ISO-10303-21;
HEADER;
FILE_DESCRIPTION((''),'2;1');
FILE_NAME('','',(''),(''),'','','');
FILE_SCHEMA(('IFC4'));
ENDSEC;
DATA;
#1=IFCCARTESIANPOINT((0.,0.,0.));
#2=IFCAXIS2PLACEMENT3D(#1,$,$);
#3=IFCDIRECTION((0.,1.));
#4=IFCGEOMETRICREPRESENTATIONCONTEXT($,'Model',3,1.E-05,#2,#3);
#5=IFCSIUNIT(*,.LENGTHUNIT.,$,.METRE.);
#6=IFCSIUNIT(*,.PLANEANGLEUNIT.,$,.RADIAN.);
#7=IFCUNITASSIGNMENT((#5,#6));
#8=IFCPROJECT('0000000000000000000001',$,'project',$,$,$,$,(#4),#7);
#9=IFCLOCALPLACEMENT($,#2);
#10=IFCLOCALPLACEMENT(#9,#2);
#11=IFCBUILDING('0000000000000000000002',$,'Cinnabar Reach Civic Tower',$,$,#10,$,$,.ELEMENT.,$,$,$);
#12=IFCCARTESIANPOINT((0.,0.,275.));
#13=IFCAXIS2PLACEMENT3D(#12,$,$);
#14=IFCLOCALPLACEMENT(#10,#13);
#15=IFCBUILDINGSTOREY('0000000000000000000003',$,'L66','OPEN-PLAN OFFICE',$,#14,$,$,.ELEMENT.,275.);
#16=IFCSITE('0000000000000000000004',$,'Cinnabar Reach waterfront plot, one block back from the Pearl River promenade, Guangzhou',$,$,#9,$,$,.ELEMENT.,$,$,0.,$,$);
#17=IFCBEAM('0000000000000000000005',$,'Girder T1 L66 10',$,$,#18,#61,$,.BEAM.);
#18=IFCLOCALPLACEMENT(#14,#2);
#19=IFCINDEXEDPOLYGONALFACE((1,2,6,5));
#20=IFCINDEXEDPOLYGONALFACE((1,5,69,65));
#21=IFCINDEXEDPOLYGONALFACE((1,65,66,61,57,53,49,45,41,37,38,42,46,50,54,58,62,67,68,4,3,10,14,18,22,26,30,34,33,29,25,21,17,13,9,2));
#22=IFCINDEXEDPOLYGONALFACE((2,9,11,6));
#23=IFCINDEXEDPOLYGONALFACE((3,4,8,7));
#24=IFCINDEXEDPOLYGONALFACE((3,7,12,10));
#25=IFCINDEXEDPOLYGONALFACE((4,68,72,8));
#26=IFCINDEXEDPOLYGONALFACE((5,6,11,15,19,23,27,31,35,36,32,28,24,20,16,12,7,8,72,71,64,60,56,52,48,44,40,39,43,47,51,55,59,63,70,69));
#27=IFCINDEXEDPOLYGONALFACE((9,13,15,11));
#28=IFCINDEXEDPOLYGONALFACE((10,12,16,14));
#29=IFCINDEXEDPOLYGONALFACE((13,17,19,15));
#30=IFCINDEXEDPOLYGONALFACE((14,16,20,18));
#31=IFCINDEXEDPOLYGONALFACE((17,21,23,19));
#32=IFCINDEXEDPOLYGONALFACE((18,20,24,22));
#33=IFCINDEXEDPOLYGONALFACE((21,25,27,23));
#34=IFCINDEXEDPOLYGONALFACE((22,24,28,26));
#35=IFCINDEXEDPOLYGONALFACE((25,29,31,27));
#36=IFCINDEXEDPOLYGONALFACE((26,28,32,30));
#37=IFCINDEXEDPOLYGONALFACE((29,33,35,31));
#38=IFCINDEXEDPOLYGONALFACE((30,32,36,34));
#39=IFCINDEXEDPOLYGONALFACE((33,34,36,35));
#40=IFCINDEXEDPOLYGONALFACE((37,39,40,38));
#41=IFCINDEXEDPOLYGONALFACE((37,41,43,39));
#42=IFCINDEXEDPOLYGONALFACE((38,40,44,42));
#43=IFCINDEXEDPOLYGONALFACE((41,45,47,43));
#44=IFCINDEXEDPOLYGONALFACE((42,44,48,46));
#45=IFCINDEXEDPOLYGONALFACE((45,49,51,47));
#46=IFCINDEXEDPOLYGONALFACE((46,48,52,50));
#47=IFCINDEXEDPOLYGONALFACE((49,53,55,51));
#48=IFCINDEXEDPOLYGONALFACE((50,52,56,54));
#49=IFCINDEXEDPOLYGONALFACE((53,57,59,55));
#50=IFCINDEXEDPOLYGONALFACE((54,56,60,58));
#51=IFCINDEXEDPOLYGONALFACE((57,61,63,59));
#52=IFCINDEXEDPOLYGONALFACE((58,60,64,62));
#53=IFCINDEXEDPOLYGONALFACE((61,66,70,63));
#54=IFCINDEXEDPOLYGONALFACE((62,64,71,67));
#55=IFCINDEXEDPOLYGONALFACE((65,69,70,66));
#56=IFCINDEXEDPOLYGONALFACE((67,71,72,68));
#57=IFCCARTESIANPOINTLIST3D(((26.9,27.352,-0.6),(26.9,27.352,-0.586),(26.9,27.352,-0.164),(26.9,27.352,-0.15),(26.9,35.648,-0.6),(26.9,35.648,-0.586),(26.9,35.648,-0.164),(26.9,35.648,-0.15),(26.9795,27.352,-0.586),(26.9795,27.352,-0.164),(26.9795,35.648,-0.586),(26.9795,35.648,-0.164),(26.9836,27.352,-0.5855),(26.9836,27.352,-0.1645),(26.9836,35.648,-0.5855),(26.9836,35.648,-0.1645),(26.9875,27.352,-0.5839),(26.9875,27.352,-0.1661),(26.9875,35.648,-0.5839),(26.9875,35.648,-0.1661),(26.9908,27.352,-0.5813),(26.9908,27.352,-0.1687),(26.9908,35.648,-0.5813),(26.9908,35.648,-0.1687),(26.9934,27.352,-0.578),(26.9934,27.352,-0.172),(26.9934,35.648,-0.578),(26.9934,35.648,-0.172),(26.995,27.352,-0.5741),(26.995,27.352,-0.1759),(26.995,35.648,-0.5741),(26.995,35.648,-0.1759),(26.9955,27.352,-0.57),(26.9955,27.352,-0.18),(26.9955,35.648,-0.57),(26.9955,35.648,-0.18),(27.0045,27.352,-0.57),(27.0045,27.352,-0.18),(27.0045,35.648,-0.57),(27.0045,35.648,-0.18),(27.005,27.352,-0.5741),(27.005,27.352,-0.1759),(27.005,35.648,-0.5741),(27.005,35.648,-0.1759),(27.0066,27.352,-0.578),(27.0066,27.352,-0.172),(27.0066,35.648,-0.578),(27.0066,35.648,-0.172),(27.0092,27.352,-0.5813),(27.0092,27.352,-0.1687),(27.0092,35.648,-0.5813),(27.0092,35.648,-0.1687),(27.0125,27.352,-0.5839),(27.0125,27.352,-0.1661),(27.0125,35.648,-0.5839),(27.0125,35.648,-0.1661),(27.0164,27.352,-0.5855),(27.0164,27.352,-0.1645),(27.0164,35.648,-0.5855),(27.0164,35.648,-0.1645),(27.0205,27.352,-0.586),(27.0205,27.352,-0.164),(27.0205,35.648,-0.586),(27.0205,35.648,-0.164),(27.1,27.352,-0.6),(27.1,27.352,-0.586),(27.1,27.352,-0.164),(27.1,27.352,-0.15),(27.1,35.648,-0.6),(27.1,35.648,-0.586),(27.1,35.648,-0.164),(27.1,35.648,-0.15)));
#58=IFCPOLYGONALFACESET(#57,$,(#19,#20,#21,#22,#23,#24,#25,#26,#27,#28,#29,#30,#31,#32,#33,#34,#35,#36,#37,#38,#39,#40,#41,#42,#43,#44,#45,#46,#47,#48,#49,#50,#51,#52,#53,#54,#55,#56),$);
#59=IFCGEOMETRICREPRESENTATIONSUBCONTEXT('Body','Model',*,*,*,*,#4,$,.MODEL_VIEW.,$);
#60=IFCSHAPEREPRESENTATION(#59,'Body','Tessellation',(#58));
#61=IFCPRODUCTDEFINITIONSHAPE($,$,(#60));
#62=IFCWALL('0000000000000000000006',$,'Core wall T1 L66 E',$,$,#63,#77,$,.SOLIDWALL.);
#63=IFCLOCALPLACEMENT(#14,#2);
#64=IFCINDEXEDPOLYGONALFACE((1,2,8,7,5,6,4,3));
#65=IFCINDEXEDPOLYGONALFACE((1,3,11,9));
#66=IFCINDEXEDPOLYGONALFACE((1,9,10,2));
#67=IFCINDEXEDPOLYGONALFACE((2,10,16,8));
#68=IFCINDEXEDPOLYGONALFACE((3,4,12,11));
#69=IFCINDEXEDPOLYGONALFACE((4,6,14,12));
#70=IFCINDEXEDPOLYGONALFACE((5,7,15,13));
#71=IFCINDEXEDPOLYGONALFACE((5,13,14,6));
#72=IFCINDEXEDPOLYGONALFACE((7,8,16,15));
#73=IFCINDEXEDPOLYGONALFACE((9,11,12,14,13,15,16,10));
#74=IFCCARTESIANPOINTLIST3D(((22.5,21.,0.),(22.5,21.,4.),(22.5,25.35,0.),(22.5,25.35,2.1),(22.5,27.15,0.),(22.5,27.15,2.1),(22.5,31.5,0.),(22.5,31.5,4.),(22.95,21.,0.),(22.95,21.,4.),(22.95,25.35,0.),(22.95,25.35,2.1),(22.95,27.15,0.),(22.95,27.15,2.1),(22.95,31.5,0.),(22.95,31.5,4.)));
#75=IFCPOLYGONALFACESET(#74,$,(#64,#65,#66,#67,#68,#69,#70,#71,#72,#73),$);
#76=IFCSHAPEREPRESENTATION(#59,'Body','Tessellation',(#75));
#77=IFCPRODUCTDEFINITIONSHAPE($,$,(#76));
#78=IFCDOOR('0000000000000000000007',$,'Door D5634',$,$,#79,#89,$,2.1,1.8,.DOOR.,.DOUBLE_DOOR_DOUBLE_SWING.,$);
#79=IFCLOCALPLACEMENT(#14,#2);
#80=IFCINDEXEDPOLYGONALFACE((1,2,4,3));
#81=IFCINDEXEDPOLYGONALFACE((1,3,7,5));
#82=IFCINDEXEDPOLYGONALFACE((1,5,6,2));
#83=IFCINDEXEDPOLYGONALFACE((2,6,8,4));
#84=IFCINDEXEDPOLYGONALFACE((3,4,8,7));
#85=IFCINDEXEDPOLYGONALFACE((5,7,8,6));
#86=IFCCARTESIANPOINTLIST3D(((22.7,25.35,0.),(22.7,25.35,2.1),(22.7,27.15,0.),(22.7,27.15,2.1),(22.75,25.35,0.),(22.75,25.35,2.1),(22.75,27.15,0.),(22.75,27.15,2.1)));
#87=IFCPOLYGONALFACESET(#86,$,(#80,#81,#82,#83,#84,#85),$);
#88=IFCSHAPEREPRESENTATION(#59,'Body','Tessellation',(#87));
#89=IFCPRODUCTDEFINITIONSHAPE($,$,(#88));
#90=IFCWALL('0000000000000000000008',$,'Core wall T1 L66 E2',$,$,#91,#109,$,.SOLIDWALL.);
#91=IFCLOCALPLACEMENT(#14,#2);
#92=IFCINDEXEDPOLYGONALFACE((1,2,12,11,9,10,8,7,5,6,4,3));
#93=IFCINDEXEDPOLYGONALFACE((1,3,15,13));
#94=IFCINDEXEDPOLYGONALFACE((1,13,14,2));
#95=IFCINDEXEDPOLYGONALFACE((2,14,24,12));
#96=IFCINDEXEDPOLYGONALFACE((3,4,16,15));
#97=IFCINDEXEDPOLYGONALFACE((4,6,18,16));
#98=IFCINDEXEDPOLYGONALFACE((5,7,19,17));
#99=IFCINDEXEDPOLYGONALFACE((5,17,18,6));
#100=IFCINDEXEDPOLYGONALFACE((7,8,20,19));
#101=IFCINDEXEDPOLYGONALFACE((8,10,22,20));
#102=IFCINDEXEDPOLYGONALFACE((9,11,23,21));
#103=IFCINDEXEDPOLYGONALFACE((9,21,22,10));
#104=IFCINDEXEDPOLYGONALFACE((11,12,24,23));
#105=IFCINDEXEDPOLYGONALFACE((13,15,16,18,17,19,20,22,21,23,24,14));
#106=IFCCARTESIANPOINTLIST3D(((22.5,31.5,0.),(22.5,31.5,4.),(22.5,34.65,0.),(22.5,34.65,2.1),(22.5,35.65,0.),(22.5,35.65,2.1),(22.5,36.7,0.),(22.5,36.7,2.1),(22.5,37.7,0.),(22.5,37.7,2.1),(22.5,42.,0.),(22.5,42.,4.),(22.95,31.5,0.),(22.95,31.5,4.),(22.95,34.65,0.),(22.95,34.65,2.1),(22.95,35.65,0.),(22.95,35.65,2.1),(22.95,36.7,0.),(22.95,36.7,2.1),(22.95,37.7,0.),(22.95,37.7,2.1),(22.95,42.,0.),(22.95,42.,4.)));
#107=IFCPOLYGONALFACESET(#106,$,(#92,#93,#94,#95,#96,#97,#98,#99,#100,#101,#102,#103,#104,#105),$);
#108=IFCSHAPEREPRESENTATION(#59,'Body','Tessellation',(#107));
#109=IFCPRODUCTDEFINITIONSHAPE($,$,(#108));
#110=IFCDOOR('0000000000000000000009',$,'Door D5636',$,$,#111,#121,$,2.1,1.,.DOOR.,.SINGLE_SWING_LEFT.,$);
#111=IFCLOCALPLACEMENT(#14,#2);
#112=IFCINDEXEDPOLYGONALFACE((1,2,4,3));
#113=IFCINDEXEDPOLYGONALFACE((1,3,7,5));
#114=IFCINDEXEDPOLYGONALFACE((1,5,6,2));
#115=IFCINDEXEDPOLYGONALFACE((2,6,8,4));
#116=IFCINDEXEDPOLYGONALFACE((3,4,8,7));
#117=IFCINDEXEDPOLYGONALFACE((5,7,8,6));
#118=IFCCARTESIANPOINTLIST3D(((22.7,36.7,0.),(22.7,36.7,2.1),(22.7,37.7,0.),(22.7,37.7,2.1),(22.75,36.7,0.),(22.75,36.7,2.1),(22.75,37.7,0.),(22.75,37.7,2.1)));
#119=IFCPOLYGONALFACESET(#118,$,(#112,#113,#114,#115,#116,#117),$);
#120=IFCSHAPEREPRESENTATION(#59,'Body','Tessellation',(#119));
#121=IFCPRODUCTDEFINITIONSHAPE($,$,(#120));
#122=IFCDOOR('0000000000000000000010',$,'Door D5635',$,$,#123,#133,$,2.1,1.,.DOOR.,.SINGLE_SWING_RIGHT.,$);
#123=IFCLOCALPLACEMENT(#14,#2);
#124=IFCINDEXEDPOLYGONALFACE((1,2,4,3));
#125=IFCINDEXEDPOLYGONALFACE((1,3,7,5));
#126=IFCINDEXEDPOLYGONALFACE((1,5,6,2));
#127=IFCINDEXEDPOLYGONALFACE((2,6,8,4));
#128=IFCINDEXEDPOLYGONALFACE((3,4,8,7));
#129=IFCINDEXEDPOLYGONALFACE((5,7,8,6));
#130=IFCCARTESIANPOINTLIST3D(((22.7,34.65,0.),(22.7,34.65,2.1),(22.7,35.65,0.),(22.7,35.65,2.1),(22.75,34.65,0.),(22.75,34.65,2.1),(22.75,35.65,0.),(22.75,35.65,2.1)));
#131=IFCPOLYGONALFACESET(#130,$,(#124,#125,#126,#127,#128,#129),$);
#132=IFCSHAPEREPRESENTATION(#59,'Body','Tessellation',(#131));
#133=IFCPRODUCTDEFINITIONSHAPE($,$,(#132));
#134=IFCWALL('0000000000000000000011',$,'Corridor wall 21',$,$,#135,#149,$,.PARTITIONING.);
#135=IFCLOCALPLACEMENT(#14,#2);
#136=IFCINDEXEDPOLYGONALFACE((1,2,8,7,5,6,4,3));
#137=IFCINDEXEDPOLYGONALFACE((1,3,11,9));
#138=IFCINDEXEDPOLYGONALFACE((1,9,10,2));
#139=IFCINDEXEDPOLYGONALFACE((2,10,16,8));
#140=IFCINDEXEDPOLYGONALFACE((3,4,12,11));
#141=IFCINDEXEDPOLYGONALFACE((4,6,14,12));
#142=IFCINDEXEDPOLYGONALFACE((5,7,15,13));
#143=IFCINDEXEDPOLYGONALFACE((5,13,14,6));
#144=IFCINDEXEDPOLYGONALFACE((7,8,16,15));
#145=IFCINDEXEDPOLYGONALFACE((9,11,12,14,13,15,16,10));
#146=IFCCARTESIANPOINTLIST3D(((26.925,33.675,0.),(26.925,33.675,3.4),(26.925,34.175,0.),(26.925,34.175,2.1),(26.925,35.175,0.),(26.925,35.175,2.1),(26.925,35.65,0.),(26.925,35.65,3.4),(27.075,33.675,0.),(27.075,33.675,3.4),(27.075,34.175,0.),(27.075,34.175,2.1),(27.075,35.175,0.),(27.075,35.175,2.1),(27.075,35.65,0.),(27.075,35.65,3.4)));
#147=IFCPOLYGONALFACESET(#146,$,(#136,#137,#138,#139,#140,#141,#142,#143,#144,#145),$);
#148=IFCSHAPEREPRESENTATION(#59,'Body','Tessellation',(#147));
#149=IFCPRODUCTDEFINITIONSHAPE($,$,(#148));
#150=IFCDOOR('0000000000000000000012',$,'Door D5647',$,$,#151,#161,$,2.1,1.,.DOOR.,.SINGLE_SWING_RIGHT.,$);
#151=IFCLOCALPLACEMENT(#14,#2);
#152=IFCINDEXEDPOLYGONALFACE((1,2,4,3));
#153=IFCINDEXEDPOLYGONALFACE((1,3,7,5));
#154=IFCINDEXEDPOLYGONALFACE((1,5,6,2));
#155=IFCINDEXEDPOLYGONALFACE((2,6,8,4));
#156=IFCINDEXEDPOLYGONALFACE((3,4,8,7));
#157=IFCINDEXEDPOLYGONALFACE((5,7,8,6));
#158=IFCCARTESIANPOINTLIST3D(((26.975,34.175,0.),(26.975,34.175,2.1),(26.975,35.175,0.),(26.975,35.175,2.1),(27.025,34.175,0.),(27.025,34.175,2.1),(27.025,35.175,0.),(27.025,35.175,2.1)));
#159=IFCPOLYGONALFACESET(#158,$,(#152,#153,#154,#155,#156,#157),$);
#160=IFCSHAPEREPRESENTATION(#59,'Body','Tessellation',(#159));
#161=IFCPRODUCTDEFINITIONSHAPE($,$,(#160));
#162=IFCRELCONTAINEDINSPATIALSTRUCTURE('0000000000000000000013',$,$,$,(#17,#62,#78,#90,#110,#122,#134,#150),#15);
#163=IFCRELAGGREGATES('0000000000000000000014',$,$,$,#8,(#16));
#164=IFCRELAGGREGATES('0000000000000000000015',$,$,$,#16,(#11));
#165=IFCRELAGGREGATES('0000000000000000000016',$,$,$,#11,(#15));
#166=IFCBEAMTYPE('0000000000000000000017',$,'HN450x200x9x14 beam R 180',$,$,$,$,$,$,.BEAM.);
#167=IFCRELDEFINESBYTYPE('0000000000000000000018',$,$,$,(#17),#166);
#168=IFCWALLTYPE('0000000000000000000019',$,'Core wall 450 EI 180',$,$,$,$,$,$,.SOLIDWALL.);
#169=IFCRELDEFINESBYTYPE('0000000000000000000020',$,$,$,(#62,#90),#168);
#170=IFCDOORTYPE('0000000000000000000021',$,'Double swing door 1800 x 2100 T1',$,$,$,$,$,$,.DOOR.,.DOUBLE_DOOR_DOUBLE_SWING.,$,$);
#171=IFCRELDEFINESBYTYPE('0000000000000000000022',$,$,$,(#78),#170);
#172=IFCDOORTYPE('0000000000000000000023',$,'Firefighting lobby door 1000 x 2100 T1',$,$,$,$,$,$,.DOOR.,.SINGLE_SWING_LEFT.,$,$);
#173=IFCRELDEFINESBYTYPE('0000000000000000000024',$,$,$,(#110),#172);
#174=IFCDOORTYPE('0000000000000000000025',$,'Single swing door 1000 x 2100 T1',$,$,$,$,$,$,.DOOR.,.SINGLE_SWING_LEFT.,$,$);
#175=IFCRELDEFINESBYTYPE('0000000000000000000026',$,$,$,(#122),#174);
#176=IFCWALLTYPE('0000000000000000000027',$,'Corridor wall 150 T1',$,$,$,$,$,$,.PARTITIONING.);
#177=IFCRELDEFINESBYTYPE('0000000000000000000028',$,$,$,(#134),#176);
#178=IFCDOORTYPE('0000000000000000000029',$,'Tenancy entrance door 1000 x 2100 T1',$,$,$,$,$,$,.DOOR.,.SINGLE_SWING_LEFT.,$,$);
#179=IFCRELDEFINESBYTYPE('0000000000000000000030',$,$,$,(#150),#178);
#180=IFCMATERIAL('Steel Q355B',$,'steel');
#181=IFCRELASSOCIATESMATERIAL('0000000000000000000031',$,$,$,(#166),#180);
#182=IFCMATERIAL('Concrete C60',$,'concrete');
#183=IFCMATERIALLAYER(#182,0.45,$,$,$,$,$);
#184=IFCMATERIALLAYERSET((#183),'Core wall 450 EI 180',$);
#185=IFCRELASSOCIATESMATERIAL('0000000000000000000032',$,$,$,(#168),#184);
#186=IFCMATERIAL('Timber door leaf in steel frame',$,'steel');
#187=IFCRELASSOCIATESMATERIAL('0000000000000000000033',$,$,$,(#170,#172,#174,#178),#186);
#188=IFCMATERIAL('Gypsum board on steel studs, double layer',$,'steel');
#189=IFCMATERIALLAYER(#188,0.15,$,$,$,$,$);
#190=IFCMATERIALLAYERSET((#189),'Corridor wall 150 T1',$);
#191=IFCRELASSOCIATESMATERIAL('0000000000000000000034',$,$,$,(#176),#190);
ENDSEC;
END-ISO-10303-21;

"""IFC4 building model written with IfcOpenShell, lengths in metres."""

from ifc_helpers import new_model, si_unit, direction, frame, frame_2d, origin, origin_2d, place, context, subcontext, project, spatial, rectangle, i_section, extrude, material, layer, layer_set, material_profile, profile_set, type_object, element, fill, save


model = new_model("IFC4")

# Units and contexts
model_context = context("Model", 3, precision=1e-05, world=origin(), true_north=direction((0.0, 1.0)))
body_context = subcontext(model_context, "Body", "Model", "MODEL_VIEW")
ifc_project = project(units=[si_unit("LENGTHUNIT", "METRE"), si_unit("PLANEANGLEUNIT", "RADIAN")], contexts=[model_context])

# Site, building, storey
site_placement = place(None, origin())
site = spatial("IfcSite", under=ifc_project, at=site_placement, Name="Cinnabar Reach waterfront plot, one block back from the Pearl River promenade, Guangzhou", CompositionType="ELEMENT", RefElevation=0.0)
building_placement = place(site_placement, origin())
building = spatial("IfcBuilding", under=site, at=building_placement, Name="Cinnabar Reach Civic Tower", CompositionType="ELEMENT")
storey_placement = place(building_placement, frame((0.0, 0.0, 275.0)))
storey = spatial("IfcBuildingStorey", under=building, at=storey_placement, Name="L66", Description="OPEN-PLAN OFFICE", CompositionType="ELEMENT", Elevation=275.0)

# Shared definitions
ifc_material_1 = material(Name="Concrete C60", Category="concrete")

# Beam
ifc_material_2 = material(Name="Steel Q355B", Category="steel")
ifc_material_profile_1 = material_profile(ifc_material_2, i_section(OverallWidth=0.2, OverallDepth=0.45, WebThickness=0.009, FlangeThickness=0.014, FilletRadius=0.016, at=origin_2d()), Name="HN450x200x9x14")
ifc_profile_set_1 = profile_set([ifc_material_profile_1], Name="Steel Q355B")
beam_type_1 = type_object("IfcBeamType", Name="HN450x200x9x14 beam R 180", PredefinedType="BEAM", material=ifc_profile_set_1)
beam_1_placement = place(storey_placement, frame((27.0, 27.352, -0.375), z_axis=(0.0, 1.0, 0.0), x_axis=(-1.0, 0.0, 0.0)))
element("IfcBeam", 1, at=beam_1_placement, inside=storey, type_object=beam_type_1, Name="Girder T1 L66 10", PredefinedType="BEAM", context=body_context, shape_type="SweptSolid", body=[
    extrude(i_section(OverallWidth=0.2, OverallDepth=0.45, WebThickness=0.009, FlangeThickness=0.014, FilletRadius=0.016, at=origin_2d()), origin(), (0.0, 0.0, 1.0), 8.296),
])

# Wall, opening, door
ifc_layer_1 = layer(ifc_material_1, 0.45)
ifc_layer_set_1 = layer_set([ifc_layer_1], Name="Core wall 450 EI 180")
wall_type_1 = type_object("IfcWallType", Name="Core wall 450 EI 180", PredefinedType="SOLIDWALL", material=ifc_layer_set_1)
wall_1_placement = place(storey_placement, frame((22.725, 21.0, 0.0), z_axis=(0.0, 0.0, 1.0), x_axis=(0.0, 1.0, 0.0)))
wall_1 = element("IfcWall", 2, at=wall_1_placement, inside=storey, type_object=wall_type_1, Name="Core wall T1 L66 E", PredefinedType="SOLIDWALL", context=body_context, shape_type="SweptSolid", body=[
    extrude(rectangle(XDim=10.5, YDim=0.45, at=frame_2d((5.25, 0.0))), origin(), (0.0, 0.0, 1.0), 4.0),
])
opening_1_placement = place(wall_1_placement, frame((4.35, 0.0, 0.0)))
opening_1 = element("IfcOpeningElement", 3, at=opening_1_placement, cuts=wall_1, PredefinedType="OPENING", context=body_context, shape_type="SweptSolid", body=[
    extrude(rectangle(XDim=1.8, YDim=2.1, at=frame_2d((0.9, 1.05))), frame((0.0, 0.235, 0.0), z_axis=(0.0, -1.0, 0.0), x_axis=(1.0, 0.0, 0.0)), (0.0, 0.0, 1.0), 0.47),
])
ifc_material_3 = material(Name="Timber door leaf in steel frame", Category="steel")
door_type_1 = type_object("IfcDoorType", Name="Double swing door 1800 x 2100 T1", OperationType="DOUBLE_DOOR_DOUBLE_SWING", PredefinedType="DOOR", material=ifc_material_3)
door_1_placement = place(opening_1_placement, origin())
door_1 = element("IfcDoor", 4, at=door_1_placement, inside=storey, type_object=door_type_1, Name="Door D5634", OperationType="DOUBLE_DOOR_DOUBLE_SWING", OverallHeight=2.1, OverallWidth=1.8, PredefinedType="DOOR", context=body_context, shape_type="SweptSolid", body=[
    extrude(rectangle(XDim=1.8, YDim=2.1, at=frame_2d((0.9, 1.05))), frame((0.0, 0.025, 0.0), z_axis=(0.0, -1.0, 0.0), x_axis=(1.0, 0.0, 0.0)), (0.0, 0.0, 1.0), 0.05),
])
fill(opening_1, door_1)

# Wall, openings, doors
wall_2_placement = place(storey_placement, frame((22.725, 31.5, 0.0), z_axis=(0.0, 0.0, 1.0), x_axis=(0.0, 1.0, 0.0)))
wall_2 = element("IfcWall", 5, at=wall_2_placement, inside=storey, type_object=wall_type_1, Name="Core wall T1 L66 E2", PredefinedType="SOLIDWALL", context=body_context, shape_type="SweptSolid", body=[
    extrude(rectangle(XDim=10.5, YDim=0.45, at=frame_2d((5.25, 0.0))), origin(), (0.0, 0.0, 1.0), 4.0),
])
opening_2_placement = place(wall_2_placement, frame((3.15, 0.0, 0.0)))
opening_2 = element("IfcOpeningElement", 6, at=opening_2_placement, cuts=wall_2, PredefinedType="OPENING", context=body_context, shape_type="SweptSolid", body=[
    extrude(rectangle(XDim=1.0, YDim=2.1, at=frame_2d((0.5, 1.05))), frame((0.0, 0.235, 0.0), z_axis=(0.0, -1.0, 0.0), x_axis=(1.0, 0.0, 0.0)), (0.0, 0.0, 1.0), 0.47),
])
opening_3_placement = place(wall_2_placement, frame((5.2, 0.0, 0.0)))
opening_3 = element("IfcOpeningElement", 7, at=opening_3_placement, cuts=wall_2, PredefinedType="OPENING", context=body_context, shape_type="SweptSolid", body=[
    extrude(rectangle(XDim=1.0, YDim=2.1, at=frame_2d((0.5, 1.05))), frame((0.0, 0.235, 0.0), z_axis=(0.0, -1.0, 0.0), x_axis=(1.0, 0.0, 0.0)), (0.0, 0.0, 1.0), 0.47),
])
door_type_2 = type_object("IfcDoorType", Name="Firefighting lobby door 1000 x 2100 T1", OperationType="SINGLE_SWING_LEFT", PredefinedType="DOOR", material=ifc_material_3)
door_2_placement = place(opening_3_placement, origin())
door_2 = element("IfcDoor", 8, at=door_2_placement, inside=storey, type_object=door_type_2, Name="Door D5636", OperationType="SINGLE_SWING_LEFT", OverallHeight=2.1, OverallWidth=1.0, PredefinedType="DOOR", context=body_context, shape_type="SweptSolid", body=[
    extrude(rectangle(XDim=1.0, YDim=2.1, at=frame_2d((0.5, 1.05))), frame((0.0, 0.025, 0.0), z_axis=(0.0, -1.0, 0.0), x_axis=(1.0, 0.0, 0.0)), (0.0, 0.0, 1.0), 0.05),
])
fill(opening_3, door_2)
door_type_3 = type_object("IfcDoorType", Name="Single swing door 1000 x 2100 T1", OperationType="SINGLE_SWING_LEFT", PredefinedType="DOOR", material=ifc_material_3)
door_3_placement = place(opening_2_placement, origin())
door_3 = element("IfcDoor", 9, at=door_3_placement, inside=storey, type_object=door_type_3, Name="Door D5635", OperationType="SINGLE_SWING_RIGHT", OverallHeight=2.1, OverallWidth=1.0, PredefinedType="DOOR", context=body_context, shape_type="SweptSolid", body=[
    extrude(rectangle(XDim=1.0, YDim=2.1, at=frame_2d((0.5, 1.05))), frame((0.0, 0.025, 0.0), z_axis=(0.0, -1.0, 0.0), x_axis=(1.0, 0.0, 0.0)), (0.0, 0.0, 1.0), 0.05),
])
fill(opening_2, door_3)

# Wall, opening, door
ifc_material_4 = material(Name="Gypsum board on steel studs, double layer", Category="steel")
ifc_layer_2 = layer(ifc_material_4, 0.15)
ifc_layer_set_2 = layer_set([ifc_layer_2], Name="Corridor wall 150 T1")
wall_type_2 = type_object("IfcWallType", Name="Corridor wall 150 T1", PredefinedType="PARTITIONING", material=ifc_layer_set_2)
wall_3_placement = place(storey_placement, frame((27.0, 33.675, 0.0), z_axis=(0.0, 0.0, 1.0), x_axis=(0.0, 1.0, 0.0)))
wall_3 = element("IfcWall", 10, at=wall_3_placement, inside=storey, type_object=wall_type_2, Name="Corridor wall 21", PredefinedType="PARTITIONING", context=body_context, shape_type="SweptSolid", body=[
    extrude(rectangle(XDim=1.975, YDim=0.15, at=frame_2d((0.9875, 0.0))), origin(), (0.0, 0.0, 1.0), 3.4),
])
opening_4_placement = place(wall_3_placement, frame((0.5, 0.0, 0.0)))
opening_4 = element("IfcOpeningElement", 11, at=opening_4_placement, cuts=wall_3, PredefinedType="OPENING", context=body_context, shape_type="SweptSolid", body=[
    extrude(rectangle(XDim=1.0, YDim=2.1, at=frame_2d((0.5, 1.05))), frame((0.0, 0.085, 0.0), z_axis=(0.0, -1.0, 0.0), x_axis=(1.0, 0.0, 0.0)), (0.0, 0.0, 1.0), 0.17),
])
door_type_4 = type_object("IfcDoorType", Name="Tenancy entrance door 1000 x 2100 T1", OperationType="SINGLE_SWING_LEFT", PredefinedType="DOOR", material=ifc_material_3)
door_4_placement = place(opening_4_placement, frame((1.0, 0.0, 0.0), z_axis=(0.0, 0.0, 1.0), x_axis=(-1.0, 0.0, 0.0)))
door_4 = element("IfcDoor", 12, at=door_4_placement, inside=storey, type_object=door_type_4, Name="Door D5647", OperationType="SINGLE_SWING_RIGHT", OverallHeight=2.1, OverallWidth=1.0, PredefinedType="DOOR", context=body_context, shape_type="SweptSolid", body=[
    extrude(rectangle(XDim=1.0, YDim=2.1, at=frame_2d((0.5, 1.05))), frame((0.0, 0.025, 0.0), z_axis=(0.0, -1.0, 0.0), x_axis=(1.0, 0.0, 0.0)), (0.0, 0.0, 1.0), 0.05),
])
fill(opening_4, door_4)

save(model, "model.ifc")
